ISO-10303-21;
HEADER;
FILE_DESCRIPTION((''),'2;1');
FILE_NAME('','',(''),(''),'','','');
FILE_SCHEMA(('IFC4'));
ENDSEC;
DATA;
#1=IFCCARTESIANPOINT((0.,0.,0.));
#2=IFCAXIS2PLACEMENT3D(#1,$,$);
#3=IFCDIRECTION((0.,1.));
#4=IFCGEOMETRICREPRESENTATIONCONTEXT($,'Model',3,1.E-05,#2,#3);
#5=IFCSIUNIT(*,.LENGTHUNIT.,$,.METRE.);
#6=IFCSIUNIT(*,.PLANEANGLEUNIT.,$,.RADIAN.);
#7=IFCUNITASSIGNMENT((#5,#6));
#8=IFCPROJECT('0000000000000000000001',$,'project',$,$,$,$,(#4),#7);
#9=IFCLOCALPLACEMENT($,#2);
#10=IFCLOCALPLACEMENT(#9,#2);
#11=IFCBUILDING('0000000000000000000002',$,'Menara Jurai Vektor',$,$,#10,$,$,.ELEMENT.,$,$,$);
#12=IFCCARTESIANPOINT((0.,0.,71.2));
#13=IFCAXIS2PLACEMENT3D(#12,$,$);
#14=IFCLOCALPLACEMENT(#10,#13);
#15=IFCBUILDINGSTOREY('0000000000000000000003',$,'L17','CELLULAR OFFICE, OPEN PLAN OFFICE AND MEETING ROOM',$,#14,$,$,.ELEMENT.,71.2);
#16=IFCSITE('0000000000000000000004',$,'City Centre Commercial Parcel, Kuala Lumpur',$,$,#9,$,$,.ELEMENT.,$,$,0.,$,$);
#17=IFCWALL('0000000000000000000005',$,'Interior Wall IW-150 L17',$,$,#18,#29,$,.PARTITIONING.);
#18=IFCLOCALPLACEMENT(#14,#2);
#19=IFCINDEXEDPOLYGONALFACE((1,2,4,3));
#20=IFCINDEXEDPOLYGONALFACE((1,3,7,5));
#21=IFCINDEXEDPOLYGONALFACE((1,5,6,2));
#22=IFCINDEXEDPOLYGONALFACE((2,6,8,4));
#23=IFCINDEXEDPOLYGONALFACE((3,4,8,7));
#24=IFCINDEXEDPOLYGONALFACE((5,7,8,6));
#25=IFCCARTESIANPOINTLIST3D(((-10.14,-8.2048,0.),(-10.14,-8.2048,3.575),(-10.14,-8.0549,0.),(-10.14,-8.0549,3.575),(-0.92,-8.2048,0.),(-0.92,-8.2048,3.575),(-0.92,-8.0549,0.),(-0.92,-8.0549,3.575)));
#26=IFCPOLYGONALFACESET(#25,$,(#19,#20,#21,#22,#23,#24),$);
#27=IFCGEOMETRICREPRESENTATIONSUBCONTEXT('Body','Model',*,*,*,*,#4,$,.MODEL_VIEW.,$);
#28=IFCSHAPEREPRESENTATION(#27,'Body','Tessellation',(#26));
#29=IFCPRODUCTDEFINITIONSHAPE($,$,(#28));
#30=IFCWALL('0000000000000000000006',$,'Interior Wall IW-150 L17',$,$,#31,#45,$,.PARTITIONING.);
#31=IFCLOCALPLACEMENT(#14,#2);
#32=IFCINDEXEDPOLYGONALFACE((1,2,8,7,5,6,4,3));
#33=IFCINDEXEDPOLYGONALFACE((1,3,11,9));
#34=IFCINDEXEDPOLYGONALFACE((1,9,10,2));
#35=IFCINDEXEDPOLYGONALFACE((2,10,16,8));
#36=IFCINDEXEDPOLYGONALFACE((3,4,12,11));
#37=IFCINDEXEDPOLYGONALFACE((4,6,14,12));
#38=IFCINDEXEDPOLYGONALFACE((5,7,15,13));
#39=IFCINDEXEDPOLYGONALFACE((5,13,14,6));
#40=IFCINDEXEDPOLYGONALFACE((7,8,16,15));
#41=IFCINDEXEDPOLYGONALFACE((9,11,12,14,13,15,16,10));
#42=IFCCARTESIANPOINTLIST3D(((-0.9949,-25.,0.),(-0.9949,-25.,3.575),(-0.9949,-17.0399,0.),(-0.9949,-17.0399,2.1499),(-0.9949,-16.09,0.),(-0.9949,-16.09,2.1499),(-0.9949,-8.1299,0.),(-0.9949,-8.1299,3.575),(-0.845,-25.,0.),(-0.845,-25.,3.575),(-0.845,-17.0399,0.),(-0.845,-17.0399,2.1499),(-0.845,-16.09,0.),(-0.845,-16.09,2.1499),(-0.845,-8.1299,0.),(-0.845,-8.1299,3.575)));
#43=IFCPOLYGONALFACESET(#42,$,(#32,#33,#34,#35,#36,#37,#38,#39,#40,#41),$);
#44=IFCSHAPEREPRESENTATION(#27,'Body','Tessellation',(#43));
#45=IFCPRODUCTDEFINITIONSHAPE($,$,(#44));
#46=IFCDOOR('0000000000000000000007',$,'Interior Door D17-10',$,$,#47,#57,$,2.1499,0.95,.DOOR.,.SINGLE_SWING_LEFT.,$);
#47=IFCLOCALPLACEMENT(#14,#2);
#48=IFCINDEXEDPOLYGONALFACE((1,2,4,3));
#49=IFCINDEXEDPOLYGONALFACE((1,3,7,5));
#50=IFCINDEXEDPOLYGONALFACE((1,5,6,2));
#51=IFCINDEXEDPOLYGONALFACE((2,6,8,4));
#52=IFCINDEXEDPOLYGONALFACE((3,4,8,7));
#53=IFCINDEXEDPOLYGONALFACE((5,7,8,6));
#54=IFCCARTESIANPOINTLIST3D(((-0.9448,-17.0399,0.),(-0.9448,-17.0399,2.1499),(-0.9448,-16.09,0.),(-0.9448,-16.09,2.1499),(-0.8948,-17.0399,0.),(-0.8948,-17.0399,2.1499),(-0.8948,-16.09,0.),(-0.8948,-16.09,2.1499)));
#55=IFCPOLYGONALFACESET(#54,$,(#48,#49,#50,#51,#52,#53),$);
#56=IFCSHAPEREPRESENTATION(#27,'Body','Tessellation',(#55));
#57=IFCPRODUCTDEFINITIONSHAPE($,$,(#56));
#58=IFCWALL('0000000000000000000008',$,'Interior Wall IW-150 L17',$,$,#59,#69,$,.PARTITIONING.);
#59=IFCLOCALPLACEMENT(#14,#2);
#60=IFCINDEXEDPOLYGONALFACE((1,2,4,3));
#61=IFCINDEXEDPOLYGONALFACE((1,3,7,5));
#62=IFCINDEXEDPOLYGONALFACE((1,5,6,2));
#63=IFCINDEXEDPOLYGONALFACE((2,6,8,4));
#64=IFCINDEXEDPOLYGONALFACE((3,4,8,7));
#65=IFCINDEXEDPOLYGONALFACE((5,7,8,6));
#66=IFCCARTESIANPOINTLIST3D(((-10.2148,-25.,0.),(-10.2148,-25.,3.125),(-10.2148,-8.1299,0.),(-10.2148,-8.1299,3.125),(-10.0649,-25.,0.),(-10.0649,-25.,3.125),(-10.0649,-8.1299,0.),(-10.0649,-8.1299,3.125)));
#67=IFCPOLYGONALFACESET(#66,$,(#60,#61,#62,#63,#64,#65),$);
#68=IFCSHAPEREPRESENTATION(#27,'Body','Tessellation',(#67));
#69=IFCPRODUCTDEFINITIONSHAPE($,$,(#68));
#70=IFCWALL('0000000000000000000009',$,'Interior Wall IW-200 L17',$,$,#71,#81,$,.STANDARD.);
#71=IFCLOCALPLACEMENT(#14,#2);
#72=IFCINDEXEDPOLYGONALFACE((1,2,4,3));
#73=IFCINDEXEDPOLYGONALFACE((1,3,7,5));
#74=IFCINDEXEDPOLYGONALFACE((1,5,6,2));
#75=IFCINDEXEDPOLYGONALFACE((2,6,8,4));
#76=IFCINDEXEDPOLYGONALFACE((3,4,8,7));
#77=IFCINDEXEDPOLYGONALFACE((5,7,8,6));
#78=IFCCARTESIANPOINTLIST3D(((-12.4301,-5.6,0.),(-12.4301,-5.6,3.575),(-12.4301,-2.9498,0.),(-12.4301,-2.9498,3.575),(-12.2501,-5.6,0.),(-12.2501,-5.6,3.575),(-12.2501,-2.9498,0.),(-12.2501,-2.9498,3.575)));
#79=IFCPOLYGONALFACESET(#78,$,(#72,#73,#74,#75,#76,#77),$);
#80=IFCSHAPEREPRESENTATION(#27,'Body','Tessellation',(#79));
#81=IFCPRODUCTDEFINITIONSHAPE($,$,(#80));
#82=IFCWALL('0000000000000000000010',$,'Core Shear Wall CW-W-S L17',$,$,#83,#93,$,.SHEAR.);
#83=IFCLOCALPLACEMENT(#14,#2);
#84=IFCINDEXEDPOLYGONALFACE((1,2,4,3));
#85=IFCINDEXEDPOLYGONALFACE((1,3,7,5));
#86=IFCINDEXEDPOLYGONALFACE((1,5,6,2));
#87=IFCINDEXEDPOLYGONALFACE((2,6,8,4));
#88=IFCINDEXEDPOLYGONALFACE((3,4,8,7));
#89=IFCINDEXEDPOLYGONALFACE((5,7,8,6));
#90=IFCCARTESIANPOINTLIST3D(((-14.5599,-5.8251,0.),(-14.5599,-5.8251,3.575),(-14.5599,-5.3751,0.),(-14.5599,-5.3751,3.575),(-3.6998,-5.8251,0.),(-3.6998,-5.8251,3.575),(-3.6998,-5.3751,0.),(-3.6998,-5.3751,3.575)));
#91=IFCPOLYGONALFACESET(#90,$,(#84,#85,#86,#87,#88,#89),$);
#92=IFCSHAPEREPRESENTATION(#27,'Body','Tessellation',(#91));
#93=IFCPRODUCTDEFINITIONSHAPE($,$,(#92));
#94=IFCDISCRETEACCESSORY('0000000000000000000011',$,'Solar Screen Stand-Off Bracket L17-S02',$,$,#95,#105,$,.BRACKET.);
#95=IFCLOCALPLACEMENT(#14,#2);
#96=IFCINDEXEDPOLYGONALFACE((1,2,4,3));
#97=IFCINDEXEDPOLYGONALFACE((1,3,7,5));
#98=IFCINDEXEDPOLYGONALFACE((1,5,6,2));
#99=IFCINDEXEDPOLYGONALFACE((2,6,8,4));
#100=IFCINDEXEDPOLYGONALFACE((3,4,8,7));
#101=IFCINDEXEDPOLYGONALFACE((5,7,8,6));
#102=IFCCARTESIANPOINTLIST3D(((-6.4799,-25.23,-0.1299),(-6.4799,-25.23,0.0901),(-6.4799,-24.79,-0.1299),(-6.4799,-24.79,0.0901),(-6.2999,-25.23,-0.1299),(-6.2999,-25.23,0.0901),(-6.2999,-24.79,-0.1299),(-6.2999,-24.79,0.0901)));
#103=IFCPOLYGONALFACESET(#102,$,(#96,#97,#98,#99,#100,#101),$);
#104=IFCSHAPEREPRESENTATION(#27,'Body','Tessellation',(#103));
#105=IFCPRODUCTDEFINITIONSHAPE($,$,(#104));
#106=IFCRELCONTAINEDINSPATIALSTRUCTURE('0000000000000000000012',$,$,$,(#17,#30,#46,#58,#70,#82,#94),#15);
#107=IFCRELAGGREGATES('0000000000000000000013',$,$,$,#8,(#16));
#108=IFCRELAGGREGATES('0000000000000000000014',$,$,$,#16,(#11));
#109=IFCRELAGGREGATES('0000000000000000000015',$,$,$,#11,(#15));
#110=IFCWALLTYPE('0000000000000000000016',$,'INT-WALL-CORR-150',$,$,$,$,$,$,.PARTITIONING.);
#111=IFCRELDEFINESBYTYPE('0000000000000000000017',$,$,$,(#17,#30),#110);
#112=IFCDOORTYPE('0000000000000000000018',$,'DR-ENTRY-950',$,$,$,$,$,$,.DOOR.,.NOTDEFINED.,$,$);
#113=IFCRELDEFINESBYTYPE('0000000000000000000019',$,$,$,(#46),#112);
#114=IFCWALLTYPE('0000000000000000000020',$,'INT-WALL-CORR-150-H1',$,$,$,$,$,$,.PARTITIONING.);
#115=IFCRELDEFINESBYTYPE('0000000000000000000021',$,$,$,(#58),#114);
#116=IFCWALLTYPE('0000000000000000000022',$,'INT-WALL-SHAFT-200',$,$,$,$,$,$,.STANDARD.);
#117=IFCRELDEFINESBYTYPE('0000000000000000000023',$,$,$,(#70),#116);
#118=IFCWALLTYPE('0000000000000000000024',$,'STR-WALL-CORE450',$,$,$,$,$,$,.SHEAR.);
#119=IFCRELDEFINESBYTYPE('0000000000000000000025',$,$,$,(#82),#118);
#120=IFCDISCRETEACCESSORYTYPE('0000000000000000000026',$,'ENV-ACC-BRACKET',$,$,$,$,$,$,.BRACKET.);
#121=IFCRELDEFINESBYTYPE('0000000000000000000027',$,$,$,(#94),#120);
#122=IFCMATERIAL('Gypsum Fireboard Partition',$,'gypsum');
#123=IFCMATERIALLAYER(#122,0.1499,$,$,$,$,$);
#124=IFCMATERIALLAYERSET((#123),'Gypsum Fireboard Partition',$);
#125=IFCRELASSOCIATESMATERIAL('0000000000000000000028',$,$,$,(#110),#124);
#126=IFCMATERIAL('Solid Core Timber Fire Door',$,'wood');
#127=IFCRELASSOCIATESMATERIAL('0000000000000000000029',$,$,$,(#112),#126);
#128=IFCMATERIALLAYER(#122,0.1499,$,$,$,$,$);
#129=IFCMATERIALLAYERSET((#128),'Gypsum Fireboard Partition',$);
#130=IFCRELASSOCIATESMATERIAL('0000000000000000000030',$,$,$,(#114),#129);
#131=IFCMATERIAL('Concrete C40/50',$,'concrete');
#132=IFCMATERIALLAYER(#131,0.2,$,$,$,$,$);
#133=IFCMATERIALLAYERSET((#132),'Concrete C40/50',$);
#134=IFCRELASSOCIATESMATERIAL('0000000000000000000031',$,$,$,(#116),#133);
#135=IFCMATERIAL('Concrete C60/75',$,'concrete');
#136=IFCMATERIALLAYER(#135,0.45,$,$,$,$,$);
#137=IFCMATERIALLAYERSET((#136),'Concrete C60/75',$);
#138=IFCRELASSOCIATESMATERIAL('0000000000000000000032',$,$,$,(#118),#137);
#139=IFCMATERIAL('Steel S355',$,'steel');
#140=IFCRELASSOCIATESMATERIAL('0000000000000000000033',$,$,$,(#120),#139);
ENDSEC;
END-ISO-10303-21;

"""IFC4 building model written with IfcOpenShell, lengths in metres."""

from ifc_helpers import new_model, si_unit, direction, frame, frame_2d, origin, origin_2d, place, context, subcontext, project, spatial, rectangle, extrude, material, layer, layer_set, type_object, element, fill, save


model = new_model("IFC4")

# Units and contexts
model_context = context("Model", 3, precision=1e-05, world=origin(), true_north=direction((0.0, 1.0)))
body_context = subcontext(model_context, "Body", "Model", "MODEL_VIEW")
ifc_project = project(units=[si_unit("LENGTHUNIT", "METRE"), si_unit("PLANEANGLEUNIT", "RADIAN")], contexts=[model_context])

# Site, building, storey
site_placement = place(None, origin())
site = spatial("IfcSite", under=ifc_project, at=site_placement, Name="City Centre Commercial Parcel, Kuala Lumpur", CompositionType="ELEMENT", RefElevation=0.0)
building_placement = place(site_placement, origin())
building = spatial("IfcBuilding", under=site, at=building_placement, Name="Menara Jurai Vektor", CompositionType="ELEMENT")
storey_placement = place(building_placement, frame((0.0, 0.0, 71.2)))
storey = spatial("IfcBuildingStorey", under=building, at=storey_placement, Name="L17", Description="CELLULAR OFFICE, OPEN PLAN OFFICE AND MEETING ROOM", CompositionType="ELEMENT", Elevation=71.2)

# Shared definitions
ifc_material_1 = material(Name="Concrete C60/75", Category="concrete")

# Shared definitions
ifc_material_2 = material(Name="Steel S355", Category="steel")

# Shared definitions
ifc_material_3 = material(Name="Gypsum Fireboard Partition", Category="gypsum")
ifc_layer_1 = layer(ifc_material_3, 0.1499)
ifc_layer_set_1 = layer_set([ifc_layer_1], Name="Gypsum Fireboard Partition")
wall_type_1 = type_object("IfcWallType", Name="INT-WALL-CORR-150", PredefinedType="PARTITIONING", material=ifc_layer_set_1)

# Shared definitions
ifc_material_4 = material(Name="Solid Core Timber Fire Door", Category="wood")
door_type = type_object("IfcDoorType", Name="DR-ENTRY-950", OperationType="NOTDEFINED", PredefinedType="DOOR", material=ifc_material_4)

# Wall
wall_1_placement = place(storey_placement, frame((-10.1399, -8.1299, 0.0), z_axis=(0.0, 0.0, 1.0), x_axis=(1.0, 0.0, 0.0)))
element("IfcWall", 1, at=wall_1_placement, inside=storey, type_object=wall_type_1, Name="Interior Wall IW-150 L17", PredefinedType="PARTITIONING", context=body_context, shape_type="SweptSolid", body=[
    extrude(rectangle(XDim=9.22, YDim=0.1499, at=frame_2d((4.6099, 0.0))), origin(), (0.0, 0.0, 1.0), 3.575),
])

# Wall, opening, door
wall_2_placement = place(storey_placement, frame((-0.9199, -25.0, 0.0), z_axis=(0.0, 0.0, 1.0), x_axis=(0.0, 1.0, 0.0)))
wall_2 = element("IfcWall", 2, at=wall_2_placement, inside=storey, type_object=wall_type_1, Name="Interior Wall IW-150 L17", PredefinedType="PARTITIONING", context=body_context, shape_type="SweptSolid", body=[
    extrude(rectangle(XDim=16.8701, YDim=0.1499, at=frame_2d((8.4351, 0.0))), origin(), (0.0, 0.0, 1.0), 3.575),
])
opening_1_placement = place(wall_2_placement, frame((7.96, 0.0, 0.0)))
opening_1 = element("IfcOpeningElement", 3, at=opening_1_placement, cuts=wall_2, PredefinedType="OPENING", context=body_context, shape_type="SweptSolid", body=[
    extrude(rectangle(XDim=0.95, YDim=2.1499, at=frame_2d((0.4751, 1.075))), frame((0.0, 0.085, 0.0), z_axis=(0.0, -1.0, 0.0), x_axis=(1.0, 0.0, 0.0)), (0.0, 0.0, 1.0), 0.1699),
])
door_1_placement = place(opening_1_placement, origin())
door_1 = element("IfcDoor", 4, at=door_1_placement, inside=storey, type_object=door_type, Name="Interior Door D17-10", OperationType="SINGLE_SWING_LEFT", OverallHeight=2.1499, OverallWidth=0.95, PredefinedType="DOOR", context=body_context, shape_type="SweptSolid", body=[
    extrude(rectangle(XDim=0.95, YDim=2.1499, at=frame_2d((0.4751, 1.075))), frame((0.0, 0.0249, 0.0), z_axis=(0.0, -1.0, 0.0), x_axis=(1.0, 0.0, 0.0)), (0.0, 0.0, 1.0), 0.05),
])
fill(opening_1, door_1)

# Walls
ifc_layer_2 = layer(ifc_material_3, 0.1499)
ifc_layer_set_2 = layer_set([ifc_layer_2], Name="Gypsum Fireboard Partition")
wall_type_2 = type_object("IfcWallType", Name="INT-WALL-CORR-150-H1", PredefinedType="PARTITIONING", material=ifc_layer_set_2)
wall_3_placement = place(storey_placement, frame((-10.1399, -25.0, 0.0), z_axis=(0.0, 0.0, 1.0), x_axis=(0.0, 1.0, 0.0)))
element("IfcWall", 5, at=wall_3_placement, inside=storey, type_object=wall_type_2, Name="Interior Wall IW-150 L17", PredefinedType="PARTITIONING", context=body_context, shape_type="SweptSolid", body=[
    extrude(rectangle(XDim=16.8701, YDim=0.1499, at=frame_2d((8.4351, 0.0))), origin(), (0.0, 0.0, 1.0), 3.125),
])
ifc_material_5 = material(Name="Concrete C40/50", Category="concrete")
ifc_layer_3 = layer(ifc_material_5, 0.2)
ifc_layer_set_3 = layer_set([ifc_layer_3], Name="Concrete C40/50")
wall_type_3 = type_object("IfcWallType", Name="INT-WALL-SHAFT-200", PredefinedType="STANDARD", material=ifc_layer_set_3)
wall_4_placement = place(storey_placement, frame((-12.3401, -5.6001, 0.0), z_axis=(0.0, 0.0, 1.0), x_axis=(0.0, 1.0, 0.0)))
element("IfcWall", 6, at=wall_4_placement, inside=storey, type_object=wall_type_3, Name="Interior Wall IW-200 L17", PredefinedType="STANDARD", context=body_context, shape_type="SweptSolid", body=[
    extrude(rectangle(XDim=2.6501, YDim=0.1799, at=frame_2d((1.3252, 0.0))), origin(), (0.0, 0.0, 1.0), 3.575),
])
ifc_layer_4 = layer(ifc_material_1, 0.45)
ifc_layer_set_4 = layer_set([ifc_layer_4], Name="Concrete C60/75")
wall_type_4 = type_object("IfcWallType", Name="STR-WALL-CORE450", PredefinedType="SHEAR", material=ifc_layer_set_4)
wall_5_placement = place(storey_placement, frame((-14.5601, -5.6001, 0.0), z_axis=(0.0, 0.0, 1.0), x_axis=(1.0, 0.0, 0.0)))
element("IfcWall", 7, at=wall_5_placement, inside=storey, type_object=wall_type_4, Name="Core Shear Wall CW-W-S L17", PredefinedType="SHEAR", context=body_context, shape_type="SweptSolid", body=[
    extrude(rectangle(XDim=10.8601, YDim=0.45, at=frame_2d((5.4302, 0.0))), origin(), (0.0, 0.0, 1.0), 3.575),
])

# Discrete accessory
discrete_accessory_type = type_object("IfcDiscreteAccessoryType", Name="ENV-ACC-BRACKET", PredefinedType="BRACKET", material=ifc_material_2)
discrete_accessory_placement = place(storey_placement, frame((-6.3899, -25.01, -0.1299), z_axis=(0.0, 0.0, 1.0), x_axis=(1.0, 0.0, 0.0)))
element("IfcDiscreteAccessory", 8, at=discrete_accessory_placement, inside=storey, type_object=discrete_accessory_type, Name="Solar Screen Stand-Off Bracket L17-S02", PredefinedType="BRACKET", context=body_context, shape_type="SweptSolid", body=[
    extrude(rectangle(XDim=0.1799, YDim=0.4399, at=origin_2d()), origin(), (0.0, 0.0, 1.0), 0.22),
])

save(model, "model.ifc")
